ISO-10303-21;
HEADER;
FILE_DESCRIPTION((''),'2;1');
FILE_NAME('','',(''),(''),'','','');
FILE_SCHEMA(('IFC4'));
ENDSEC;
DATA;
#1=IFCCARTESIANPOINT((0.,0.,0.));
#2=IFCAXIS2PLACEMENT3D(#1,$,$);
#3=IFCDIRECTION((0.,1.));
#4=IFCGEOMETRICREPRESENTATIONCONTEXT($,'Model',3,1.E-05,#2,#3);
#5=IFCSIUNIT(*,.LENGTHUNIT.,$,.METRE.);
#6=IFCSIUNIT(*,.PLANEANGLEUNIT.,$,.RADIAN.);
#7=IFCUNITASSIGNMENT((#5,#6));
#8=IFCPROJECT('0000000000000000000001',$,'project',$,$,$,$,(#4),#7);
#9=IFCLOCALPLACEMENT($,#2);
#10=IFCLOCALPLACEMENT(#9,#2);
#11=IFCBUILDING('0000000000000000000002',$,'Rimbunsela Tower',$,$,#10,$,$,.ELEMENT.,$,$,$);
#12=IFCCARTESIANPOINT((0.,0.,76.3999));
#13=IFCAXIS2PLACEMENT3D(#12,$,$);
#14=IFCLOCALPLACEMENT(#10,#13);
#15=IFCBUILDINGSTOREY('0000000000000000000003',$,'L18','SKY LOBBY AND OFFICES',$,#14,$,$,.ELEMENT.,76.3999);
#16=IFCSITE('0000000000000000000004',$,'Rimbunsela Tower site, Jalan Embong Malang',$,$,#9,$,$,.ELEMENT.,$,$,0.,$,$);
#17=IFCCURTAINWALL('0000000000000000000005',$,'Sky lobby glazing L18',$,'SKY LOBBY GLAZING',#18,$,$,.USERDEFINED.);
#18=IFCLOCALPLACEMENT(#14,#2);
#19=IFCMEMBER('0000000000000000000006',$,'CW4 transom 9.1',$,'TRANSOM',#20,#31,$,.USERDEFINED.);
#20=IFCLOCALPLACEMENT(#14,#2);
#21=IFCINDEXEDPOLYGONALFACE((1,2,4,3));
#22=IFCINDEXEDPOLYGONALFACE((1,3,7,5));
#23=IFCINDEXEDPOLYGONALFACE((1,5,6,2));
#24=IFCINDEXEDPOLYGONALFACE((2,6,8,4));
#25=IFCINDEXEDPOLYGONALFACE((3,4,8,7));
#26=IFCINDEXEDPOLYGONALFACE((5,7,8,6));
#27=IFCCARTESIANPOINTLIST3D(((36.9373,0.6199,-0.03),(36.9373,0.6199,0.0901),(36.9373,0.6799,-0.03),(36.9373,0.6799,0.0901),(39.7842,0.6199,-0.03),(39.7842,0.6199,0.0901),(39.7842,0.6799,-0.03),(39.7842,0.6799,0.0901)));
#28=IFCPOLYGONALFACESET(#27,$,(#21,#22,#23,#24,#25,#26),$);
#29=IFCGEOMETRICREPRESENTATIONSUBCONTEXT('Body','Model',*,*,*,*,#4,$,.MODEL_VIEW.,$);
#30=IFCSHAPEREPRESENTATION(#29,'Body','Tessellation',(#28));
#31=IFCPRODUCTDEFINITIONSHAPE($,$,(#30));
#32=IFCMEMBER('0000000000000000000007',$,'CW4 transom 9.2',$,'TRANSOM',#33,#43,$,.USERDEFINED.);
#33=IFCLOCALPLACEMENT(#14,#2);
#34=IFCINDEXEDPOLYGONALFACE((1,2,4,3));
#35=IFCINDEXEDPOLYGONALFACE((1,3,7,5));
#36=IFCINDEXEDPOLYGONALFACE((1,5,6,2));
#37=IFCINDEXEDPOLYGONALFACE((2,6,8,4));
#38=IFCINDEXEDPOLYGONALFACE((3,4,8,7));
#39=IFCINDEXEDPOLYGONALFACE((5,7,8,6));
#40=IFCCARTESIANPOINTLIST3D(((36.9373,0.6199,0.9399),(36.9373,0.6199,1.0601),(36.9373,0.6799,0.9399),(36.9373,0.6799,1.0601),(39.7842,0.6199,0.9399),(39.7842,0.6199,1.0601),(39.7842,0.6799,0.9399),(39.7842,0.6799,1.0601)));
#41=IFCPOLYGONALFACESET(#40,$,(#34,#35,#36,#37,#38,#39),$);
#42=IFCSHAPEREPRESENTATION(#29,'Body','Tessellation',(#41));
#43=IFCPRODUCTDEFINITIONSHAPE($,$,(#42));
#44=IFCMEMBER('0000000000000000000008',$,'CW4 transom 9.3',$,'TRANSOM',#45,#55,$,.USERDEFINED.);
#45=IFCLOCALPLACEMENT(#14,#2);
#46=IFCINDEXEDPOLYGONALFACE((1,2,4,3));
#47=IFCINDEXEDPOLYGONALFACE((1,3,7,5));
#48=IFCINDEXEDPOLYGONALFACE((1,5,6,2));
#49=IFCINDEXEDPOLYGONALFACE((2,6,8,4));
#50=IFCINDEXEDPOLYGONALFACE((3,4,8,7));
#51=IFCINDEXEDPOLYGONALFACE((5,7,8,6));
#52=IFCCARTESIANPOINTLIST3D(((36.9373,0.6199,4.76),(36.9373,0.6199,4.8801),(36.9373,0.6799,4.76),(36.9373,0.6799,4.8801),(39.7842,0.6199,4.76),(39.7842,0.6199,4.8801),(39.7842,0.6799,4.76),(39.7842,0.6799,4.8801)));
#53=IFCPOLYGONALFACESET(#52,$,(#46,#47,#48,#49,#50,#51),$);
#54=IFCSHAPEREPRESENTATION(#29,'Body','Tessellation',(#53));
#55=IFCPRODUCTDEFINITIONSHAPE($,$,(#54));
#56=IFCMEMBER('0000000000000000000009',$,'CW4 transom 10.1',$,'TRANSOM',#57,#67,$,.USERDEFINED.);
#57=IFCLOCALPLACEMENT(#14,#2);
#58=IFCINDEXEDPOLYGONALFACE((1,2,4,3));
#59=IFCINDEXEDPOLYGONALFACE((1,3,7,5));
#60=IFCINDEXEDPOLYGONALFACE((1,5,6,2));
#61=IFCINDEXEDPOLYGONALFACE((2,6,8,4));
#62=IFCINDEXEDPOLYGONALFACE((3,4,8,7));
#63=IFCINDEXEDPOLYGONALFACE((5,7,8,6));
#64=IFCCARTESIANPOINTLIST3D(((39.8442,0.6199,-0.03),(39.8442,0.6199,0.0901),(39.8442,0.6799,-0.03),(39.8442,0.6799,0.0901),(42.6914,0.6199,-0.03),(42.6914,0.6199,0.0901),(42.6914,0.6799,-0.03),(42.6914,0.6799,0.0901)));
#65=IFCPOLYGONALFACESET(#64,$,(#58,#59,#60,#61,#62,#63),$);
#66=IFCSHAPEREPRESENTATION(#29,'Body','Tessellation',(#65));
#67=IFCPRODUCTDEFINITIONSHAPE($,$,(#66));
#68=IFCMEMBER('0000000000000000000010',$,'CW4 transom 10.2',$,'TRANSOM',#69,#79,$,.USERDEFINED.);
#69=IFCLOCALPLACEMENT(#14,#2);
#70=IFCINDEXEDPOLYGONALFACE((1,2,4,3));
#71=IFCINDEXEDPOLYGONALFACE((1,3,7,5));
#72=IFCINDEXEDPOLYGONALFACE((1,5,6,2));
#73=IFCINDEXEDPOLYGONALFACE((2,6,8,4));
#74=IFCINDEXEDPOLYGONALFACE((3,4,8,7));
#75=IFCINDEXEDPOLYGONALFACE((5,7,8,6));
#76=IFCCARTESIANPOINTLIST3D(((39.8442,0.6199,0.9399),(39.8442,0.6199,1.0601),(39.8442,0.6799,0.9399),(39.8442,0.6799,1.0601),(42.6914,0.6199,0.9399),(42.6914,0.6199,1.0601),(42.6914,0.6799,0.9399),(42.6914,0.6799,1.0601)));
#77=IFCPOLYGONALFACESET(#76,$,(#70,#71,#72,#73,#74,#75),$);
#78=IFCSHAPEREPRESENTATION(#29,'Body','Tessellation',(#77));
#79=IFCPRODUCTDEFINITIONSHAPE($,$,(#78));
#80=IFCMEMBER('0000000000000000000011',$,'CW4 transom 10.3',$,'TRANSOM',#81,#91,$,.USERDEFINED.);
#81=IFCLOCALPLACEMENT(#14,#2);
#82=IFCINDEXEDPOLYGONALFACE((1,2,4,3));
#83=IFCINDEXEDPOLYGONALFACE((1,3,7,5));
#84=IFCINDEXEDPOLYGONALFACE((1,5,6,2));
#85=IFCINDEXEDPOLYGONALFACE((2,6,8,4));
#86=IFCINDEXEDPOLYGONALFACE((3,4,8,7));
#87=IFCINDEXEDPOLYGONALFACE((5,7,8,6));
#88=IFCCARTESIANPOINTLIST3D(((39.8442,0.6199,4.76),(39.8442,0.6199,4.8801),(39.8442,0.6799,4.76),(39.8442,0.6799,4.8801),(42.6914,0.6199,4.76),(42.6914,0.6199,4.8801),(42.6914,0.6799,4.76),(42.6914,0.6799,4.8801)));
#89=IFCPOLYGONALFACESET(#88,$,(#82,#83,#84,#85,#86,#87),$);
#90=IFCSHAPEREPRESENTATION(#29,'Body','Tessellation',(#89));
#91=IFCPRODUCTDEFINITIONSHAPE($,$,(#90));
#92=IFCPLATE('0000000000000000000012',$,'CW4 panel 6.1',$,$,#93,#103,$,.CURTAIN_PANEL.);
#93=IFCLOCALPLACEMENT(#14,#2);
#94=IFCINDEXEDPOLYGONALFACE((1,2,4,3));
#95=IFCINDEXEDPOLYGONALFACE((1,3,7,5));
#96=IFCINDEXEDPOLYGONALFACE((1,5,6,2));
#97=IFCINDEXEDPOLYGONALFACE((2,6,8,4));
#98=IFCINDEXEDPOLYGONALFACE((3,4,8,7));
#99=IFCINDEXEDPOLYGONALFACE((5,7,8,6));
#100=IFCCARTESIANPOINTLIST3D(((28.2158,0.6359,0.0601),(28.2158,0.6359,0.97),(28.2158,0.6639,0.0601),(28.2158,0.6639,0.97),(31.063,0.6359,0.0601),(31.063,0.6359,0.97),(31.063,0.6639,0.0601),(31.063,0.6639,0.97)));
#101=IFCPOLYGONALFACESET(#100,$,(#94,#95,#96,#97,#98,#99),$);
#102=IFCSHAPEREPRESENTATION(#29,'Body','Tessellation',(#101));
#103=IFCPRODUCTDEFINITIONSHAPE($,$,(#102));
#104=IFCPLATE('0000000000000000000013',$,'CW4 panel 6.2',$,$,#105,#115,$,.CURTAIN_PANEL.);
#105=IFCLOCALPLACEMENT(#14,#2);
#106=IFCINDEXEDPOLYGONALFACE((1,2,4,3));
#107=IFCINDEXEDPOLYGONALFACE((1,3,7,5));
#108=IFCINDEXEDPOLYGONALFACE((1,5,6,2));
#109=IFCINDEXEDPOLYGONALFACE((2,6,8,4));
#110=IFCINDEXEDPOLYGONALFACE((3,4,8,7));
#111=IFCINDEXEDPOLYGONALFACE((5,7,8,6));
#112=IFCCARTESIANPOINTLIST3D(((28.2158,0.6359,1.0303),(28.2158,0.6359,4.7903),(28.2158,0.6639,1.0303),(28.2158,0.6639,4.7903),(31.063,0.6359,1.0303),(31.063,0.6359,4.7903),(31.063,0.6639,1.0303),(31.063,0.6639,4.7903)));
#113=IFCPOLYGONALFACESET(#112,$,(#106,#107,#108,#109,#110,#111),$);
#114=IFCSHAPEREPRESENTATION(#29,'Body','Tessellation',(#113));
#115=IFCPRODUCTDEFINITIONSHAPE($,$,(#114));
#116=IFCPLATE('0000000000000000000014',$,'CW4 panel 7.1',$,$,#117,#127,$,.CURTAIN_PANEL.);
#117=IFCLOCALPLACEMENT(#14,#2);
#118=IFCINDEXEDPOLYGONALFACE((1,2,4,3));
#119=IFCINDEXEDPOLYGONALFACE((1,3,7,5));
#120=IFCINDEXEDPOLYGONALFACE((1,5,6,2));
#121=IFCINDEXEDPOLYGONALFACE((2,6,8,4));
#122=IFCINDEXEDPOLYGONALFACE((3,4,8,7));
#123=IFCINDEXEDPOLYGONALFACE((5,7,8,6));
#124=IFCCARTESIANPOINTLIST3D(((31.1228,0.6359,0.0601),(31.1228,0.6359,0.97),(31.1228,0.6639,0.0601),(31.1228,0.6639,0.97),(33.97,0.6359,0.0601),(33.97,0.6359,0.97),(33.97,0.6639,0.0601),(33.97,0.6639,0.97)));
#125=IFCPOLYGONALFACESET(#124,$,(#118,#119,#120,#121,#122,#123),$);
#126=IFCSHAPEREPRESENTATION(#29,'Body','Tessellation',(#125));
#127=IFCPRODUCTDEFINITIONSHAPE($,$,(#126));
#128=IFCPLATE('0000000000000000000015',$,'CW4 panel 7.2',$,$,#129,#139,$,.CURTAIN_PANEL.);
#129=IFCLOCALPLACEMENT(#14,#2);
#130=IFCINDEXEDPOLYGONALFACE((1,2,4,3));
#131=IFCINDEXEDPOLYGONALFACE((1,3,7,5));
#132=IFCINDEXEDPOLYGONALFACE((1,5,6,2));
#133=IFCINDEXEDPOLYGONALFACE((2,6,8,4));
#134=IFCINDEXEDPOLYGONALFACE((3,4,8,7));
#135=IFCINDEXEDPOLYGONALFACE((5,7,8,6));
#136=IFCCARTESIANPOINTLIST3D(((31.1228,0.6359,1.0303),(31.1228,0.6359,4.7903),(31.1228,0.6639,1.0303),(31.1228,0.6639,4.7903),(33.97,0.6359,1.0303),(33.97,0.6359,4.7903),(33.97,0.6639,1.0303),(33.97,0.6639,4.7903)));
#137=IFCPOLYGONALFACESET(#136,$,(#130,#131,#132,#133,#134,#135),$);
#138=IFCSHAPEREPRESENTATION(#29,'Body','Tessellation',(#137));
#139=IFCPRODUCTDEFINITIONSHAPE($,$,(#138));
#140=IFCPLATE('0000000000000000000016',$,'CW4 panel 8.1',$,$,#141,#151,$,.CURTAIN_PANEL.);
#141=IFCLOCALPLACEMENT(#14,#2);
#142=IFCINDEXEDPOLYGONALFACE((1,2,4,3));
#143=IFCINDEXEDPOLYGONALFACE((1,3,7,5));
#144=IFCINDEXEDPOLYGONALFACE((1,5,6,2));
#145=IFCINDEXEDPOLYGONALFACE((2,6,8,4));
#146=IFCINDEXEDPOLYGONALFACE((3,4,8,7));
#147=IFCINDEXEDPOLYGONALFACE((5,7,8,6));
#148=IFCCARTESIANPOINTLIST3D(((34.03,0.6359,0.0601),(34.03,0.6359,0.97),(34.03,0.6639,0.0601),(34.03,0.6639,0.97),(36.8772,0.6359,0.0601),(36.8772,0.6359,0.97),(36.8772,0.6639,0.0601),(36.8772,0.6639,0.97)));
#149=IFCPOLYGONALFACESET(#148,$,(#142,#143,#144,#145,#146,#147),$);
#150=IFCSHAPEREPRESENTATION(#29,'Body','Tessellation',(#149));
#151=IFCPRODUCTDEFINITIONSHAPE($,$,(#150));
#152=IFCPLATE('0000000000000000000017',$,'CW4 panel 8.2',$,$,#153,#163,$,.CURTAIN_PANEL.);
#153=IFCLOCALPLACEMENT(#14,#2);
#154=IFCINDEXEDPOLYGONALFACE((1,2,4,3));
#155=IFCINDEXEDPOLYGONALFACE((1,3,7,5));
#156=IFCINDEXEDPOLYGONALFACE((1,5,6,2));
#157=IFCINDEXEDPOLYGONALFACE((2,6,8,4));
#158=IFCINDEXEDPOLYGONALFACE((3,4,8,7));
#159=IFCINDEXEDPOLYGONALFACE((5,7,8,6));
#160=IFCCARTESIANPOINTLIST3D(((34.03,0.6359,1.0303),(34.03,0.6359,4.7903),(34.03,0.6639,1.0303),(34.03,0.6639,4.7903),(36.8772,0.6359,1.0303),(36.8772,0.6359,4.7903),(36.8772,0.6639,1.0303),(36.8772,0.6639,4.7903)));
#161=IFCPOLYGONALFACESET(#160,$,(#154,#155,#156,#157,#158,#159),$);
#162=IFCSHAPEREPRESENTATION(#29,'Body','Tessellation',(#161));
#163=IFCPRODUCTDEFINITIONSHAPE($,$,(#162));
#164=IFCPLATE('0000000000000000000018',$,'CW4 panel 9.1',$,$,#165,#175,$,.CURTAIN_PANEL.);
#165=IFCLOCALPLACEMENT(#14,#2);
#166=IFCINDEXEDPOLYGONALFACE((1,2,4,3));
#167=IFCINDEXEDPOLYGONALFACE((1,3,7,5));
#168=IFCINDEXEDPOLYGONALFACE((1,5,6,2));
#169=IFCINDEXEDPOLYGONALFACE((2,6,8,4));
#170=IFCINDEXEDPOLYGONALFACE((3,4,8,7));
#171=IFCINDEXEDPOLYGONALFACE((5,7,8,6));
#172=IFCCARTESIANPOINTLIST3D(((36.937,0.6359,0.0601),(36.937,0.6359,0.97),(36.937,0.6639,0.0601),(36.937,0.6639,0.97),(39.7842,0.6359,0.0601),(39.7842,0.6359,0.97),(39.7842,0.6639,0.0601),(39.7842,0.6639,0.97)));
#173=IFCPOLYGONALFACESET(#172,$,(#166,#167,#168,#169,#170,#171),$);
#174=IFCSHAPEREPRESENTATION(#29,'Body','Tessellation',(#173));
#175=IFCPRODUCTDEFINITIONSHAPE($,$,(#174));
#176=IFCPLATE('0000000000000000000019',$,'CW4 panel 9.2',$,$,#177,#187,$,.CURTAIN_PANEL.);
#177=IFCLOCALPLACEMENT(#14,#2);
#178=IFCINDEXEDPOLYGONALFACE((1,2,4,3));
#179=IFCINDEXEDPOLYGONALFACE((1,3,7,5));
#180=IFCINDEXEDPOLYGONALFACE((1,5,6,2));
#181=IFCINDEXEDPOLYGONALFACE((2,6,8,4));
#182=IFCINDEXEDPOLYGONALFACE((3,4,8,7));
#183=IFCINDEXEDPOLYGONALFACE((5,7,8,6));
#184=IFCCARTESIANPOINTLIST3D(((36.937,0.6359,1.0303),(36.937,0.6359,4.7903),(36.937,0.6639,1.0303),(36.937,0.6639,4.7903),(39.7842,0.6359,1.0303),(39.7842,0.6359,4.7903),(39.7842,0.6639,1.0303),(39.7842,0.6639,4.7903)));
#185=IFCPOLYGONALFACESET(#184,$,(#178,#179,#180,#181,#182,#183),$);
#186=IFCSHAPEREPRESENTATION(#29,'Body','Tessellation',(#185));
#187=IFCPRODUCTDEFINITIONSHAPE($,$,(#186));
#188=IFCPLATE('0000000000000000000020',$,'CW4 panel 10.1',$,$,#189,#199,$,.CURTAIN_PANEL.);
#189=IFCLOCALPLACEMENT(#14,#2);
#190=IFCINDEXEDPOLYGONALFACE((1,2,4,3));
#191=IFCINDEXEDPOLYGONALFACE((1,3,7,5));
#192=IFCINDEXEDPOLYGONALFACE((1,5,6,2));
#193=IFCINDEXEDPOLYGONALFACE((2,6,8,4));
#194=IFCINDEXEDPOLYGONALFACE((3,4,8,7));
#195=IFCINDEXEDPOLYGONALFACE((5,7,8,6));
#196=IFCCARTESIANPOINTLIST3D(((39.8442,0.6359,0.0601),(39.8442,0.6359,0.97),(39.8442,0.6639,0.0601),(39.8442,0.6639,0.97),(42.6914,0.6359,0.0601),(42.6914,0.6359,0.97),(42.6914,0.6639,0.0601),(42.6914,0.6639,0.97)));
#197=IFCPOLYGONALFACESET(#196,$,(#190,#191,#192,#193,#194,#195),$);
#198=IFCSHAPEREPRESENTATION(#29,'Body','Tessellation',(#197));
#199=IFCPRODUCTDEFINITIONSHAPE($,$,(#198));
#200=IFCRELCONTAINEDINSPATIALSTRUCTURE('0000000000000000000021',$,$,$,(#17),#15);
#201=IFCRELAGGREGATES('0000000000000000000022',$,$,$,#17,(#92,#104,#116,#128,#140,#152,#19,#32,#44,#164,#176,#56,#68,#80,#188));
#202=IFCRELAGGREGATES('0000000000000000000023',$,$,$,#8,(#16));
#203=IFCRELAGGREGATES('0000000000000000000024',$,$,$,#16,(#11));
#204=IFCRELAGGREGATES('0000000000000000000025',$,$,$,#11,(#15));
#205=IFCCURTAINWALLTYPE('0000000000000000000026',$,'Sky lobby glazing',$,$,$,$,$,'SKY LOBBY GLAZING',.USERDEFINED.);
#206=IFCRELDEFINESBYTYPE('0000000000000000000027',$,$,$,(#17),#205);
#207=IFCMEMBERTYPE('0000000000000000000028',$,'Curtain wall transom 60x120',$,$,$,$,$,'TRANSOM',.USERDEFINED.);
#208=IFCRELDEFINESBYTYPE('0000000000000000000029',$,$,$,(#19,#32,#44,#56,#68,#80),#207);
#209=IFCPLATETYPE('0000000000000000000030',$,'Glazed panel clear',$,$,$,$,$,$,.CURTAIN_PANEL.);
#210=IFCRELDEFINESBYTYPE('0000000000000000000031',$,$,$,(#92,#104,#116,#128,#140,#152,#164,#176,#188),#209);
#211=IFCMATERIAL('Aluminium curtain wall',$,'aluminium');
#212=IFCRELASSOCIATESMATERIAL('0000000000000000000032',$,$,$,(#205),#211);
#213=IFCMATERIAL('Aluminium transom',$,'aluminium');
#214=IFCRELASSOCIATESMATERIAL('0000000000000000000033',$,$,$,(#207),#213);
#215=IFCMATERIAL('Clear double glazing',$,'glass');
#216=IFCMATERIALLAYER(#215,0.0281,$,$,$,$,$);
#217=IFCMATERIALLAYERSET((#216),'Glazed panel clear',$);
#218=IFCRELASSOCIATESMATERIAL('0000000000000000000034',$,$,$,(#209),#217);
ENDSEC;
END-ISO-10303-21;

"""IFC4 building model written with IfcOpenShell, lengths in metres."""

from ifc_helpers import new_model, si_unit, direction, frame, origin, origin_2d, place, context, subcontext, project, spatial, rectangle, extrude, material, layer, layer_set, material_profile, profile_set, type_object, element, aggregate, save


model = new_model("IFC4")

# Units and contexts
model_context = context("Model", 3, precision=1e-05, world=origin(), true_north=direction((0.0, 1.0)))
body_context = subcontext(model_context, "Body", "Model", "MODEL_VIEW")
ifc_project = project(units=[si_unit("LENGTHUNIT", "METRE"), si_unit("PLANEANGLEUNIT", "RADIAN")], contexts=[model_context])

# Site, building, storey
site_placement = place(None, origin())
site = spatial("IfcSite", under=ifc_project, at=site_placement, Name="Rimbunsela Tower site, Jalan Embong Malang", CompositionType="ELEMENT", RefElevation=0.0)
building_placement = place(site_placement, origin())
building = spatial("IfcBuilding", under=site, at=building_placement, Name="Rimbunsela Tower", CompositionType="ELEMENT")
storey_placement = place(building_placement, frame((0.0, 0.0, 76.3999)))
storey = spatial("IfcBuildingStorey", under=building, at=storey_placement, Name="L18", Description="SKY LOBBY AND OFFICES", CompositionType="ELEMENT", Elevation=76.3999)

# Curtain wall, members, plates
ifc_material_1 = material(Name="Aluminium curtain wall", Category="aluminium")
curtain_wall_type = type_object("IfcCurtainWallType", Name="Sky lobby glazing", ElementType="SKY LOBBY GLAZING", PredefinedType="USERDEFINED", material=ifc_material_1)
curtain_wall_placement = place(storey_placement, origin())
curtain_wall = element("IfcCurtainWall", 1, at=curtain_wall_placement, inside=storey, type_object=curtain_wall_type, Name="Sky lobby glazing L18", ObjectType="SKY LOBBY GLAZING", PredefinedType="USERDEFINED")
ifc_material_2 = material(Name="Aluminium transom", Category="aluminium")
ifc_material_profile_1 = material_profile(ifc_material_2, rectangle(XDim=0.0601, YDim=0.1201, at=origin_2d()), Name="Transom 60x120")
ifc_profile_set_1 = profile_set([ifc_material_profile_1], Name="Aluminium transom")
member_type_1 = type_object("IfcMemberType", Name="Curtain wall transom 60x120", ElementType="TRANSOM", PredefinedType="USERDEFINED", material=ifc_profile_set_1)
member_1_placement = place(storey_placement, frame((36.9373, 0.6499, 0.03), z_axis=(1.0, 0.0, 0.0), x_axis=(0.0, 1.0, 0.0)))
member_1 = element("IfcMember", 2, at=member_1_placement, type_object=member_type_1, Name="CW4 transom 9.1", ObjectType="TRANSOM", PredefinedType="USERDEFINED", context=body_context, shape_type="SweptSolid", body=[
    extrude(rectangle(XDim=0.0601, YDim=0.1201, at=origin_2d()), origin(), (0.0, 0.0, 1.0), 2.8469),
])
member_2_placement = place(storey_placement, frame((36.9373, 0.6499, 1.0), z_axis=(1.0, 0.0, 0.0), x_axis=(0.0, 1.0, 0.0)))
member_2 = element("IfcMember", 3, at=member_2_placement, type_object=member_type_1, Name="CW4 transom 9.2", ObjectType="TRANSOM", PredefinedType="USERDEFINED", context=body_context, shape_type="SweptSolid", body=[
    extrude(rectangle(XDim=0.0601, YDim=0.1201, at=origin_2d()), origin(), (0.0, 0.0, 1.0), 2.8469),
])
member_3_placement = place(storey_placement, frame((36.9373, 0.6499, 4.8201), z_axis=(1.0, 0.0, 0.0), x_axis=(0.0, 1.0, 0.0)))
member_3 = element("IfcMember", 4, at=member_3_placement, type_object=member_type_1, Name="CW4 transom 9.3", ObjectType="TRANSOM", PredefinedType="USERDEFINED", context=body_context, shape_type="SweptSolid", body=[
    extrude(rectangle(XDim=0.0601, YDim=0.1201, at=origin_2d()), origin(), (0.0, 0.0, 1.0), 2.8469),
])
member_4_placement = place(storey_placement, frame((39.8442, 0.6499, 0.03), z_axis=(1.0, 0.0, 0.0), x_axis=(0.0, 1.0, 0.0)))
member_4 = element("IfcMember", 5, at=member_4_placement, type_object=member_type_1, Name="CW4 transom 10.1", ObjectType="TRANSOM", PredefinedType="USERDEFINED", context=body_context, shape_type="SweptSolid", body=[
    extrude(rectangle(XDim=0.0601, YDim=0.1201, at=origin_2d()), origin(), (0.0, 0.0, 1.0), 2.8472),
])
member_5_placement = place(storey_placement, frame((39.8442, 0.6499, 1.0), z_axis=(1.0, 0.0, 0.0), x_axis=(0.0, 1.0, 0.0)))
member_5 = element("IfcMember", 6, at=member_5_placement, type_object=member_type_1, Name="CW4 transom 10.2", ObjectType="TRANSOM", PredefinedType="USERDEFINED", context=body_context, shape_type="SweptSolid", body=[
    extrude(rectangle(XDim=0.0601, YDim=0.1201, at=origin_2d()), origin(), (0.0, 0.0, 1.0), 2.8472),
])
member_6_placement = place(storey_placement, frame((39.8442, 0.6499, 4.8201), z_axis=(1.0, 0.0, 0.0), x_axis=(0.0, 1.0, 0.0)))
member_6 = element("IfcMember", 7, at=member_6_placement, type_object=member_type_1, Name="CW4 transom 10.3", ObjectType="TRANSOM", PredefinedType="USERDEFINED", context=body_context, shape_type="SweptSolid", body=[
    extrude(rectangle(XDim=0.0601, YDim=0.1201, at=origin_2d()), origin(), (0.0, 0.0, 1.0), 2.8472),
])
ifc_material_3 = material(Name="Clear double glazing", Category="glass")
ifc_layer = layer(ifc_material_3, 0.0281)
ifc_layer_set = layer_set([ifc_layer], Name="Glazed panel clear")
plate_type = type_object("IfcPlateType", Name="Glazed panel clear", PredefinedType="CURTAIN_PANEL", material=ifc_layer_set)
plate_1_placement = place(storey_placement, frame((29.6394, 0.6499, 0.0601), z_axis=(0.0, 0.0, 1.0), x_axis=(1.0, 0.0, 0.0)))
plate_1 = element("IfcPlate", 8, at=plate_1_placement, type_object=plate_type, Name="CW4 panel 6.1", PredefinedType="CURTAIN_PANEL", context=body_context, shape_type="SweptSolid", body=[
    extrude(rectangle(XDim=2.8472, YDim=0.0281, at=origin_2d()), origin(), (0.0, 0.0, 1.0), 0.9099),
])
plate_2_placement = place(storey_placement, frame((29.6394, 0.6499, 1.0303), z_axis=(0.0, 0.0, 1.0), x_axis=(1.0, 0.0, 0.0)))
plate_2 = element("IfcPlate", 9, at=plate_2_placement, type_object=plate_type, Name="CW4 panel 6.2", PredefinedType="CURTAIN_PANEL", context=body_context, shape_type="SweptSolid", body=[
    extrude(rectangle(XDim=2.8472, YDim=0.0281, at=origin_2d()), origin(), (0.0, 0.0, 1.0), 3.76),
])
plate_3_placement = place(storey_placement, frame((32.5464, 0.6499, 0.0601), z_axis=(0.0, 0.0, 1.0), x_axis=(1.0, 0.0, 0.0)))
plate_3 = element("IfcPlate", 10, at=plate_3_placement, type_object=plate_type, Name="CW4 panel 7.1", PredefinedType="CURTAIN_PANEL", context=body_context, shape_type="SweptSolid", body=[
    extrude(rectangle(XDim=2.8472, YDim=0.0281, at=origin_2d()), origin(), (0.0, 0.0, 1.0), 0.9099),
])
plate_4_placement = place(storey_placement, frame((32.5464, 0.6499, 1.0303), z_axis=(0.0, 0.0, 1.0), x_axis=(1.0, 0.0, 0.0)))
plate_4 = element("IfcPlate", 11, at=plate_4_placement, type_object=plate_type, Name="CW4 panel 7.2", PredefinedType="CURTAIN_PANEL", context=body_context, shape_type="SweptSolid", body=[
    extrude(rectangle(XDim=2.8472, YDim=0.0281, at=origin_2d()), origin(), (0.0, 0.0, 1.0), 3.76),
])
plate_5_placement = place(storey_placement, frame((35.4536, 0.6499, 0.0601), z_axis=(0.0, 0.0, 1.0), x_axis=(1.0, 0.0, 0.0)))
plate_5 = element("IfcPlate", 12, at=plate_5_placement, type_object=plate_type, Name="CW4 panel 8.1", PredefinedType="CURTAIN_PANEL", context=body_context, shape_type="SweptSolid", body=[
    extrude(rectangle(XDim=2.8472, YDim=0.0281, at=origin_2d()), origin(), (0.0, 0.0, 1.0), 0.9099),
])
plate_6_placement = place(storey_placement, frame((35.4536, 0.6499, 1.0303), z_axis=(0.0, 0.0, 1.0), x_axis=(1.0, 0.0, 0.0)))
plate_6 = element("IfcPlate", 13, at=plate_6_placement, type_object=plate_type, Name="CW4 panel 8.2", PredefinedType="CURTAIN_PANEL", context=body_context, shape_type="SweptSolid", body=[
    extrude(rectangle(XDim=2.8472, YDim=0.0281, at=origin_2d()), origin(), (0.0, 0.0, 1.0), 3.76),
])
plate_7_placement = place(storey_placement, frame((38.3606, 0.6499, 0.0601), z_axis=(0.0, 0.0, 1.0), x_axis=(1.0, 0.0, 0.0)))
plate_7 = element("IfcPlate", 14, at=plate_7_placement, type_object=plate_type, Name="CW4 panel 9.1", PredefinedType="CURTAIN_PANEL", context=body_context, shape_type="SweptSolid", body=[
    extrude(rectangle(XDim=2.8472, YDim=0.0281, at=origin_2d()), origin(), (0.0, 0.0, 1.0), 0.9099),
])
plate_8_placement = place(storey_placement, frame((38.3606, 0.6499, 1.0303), z_axis=(0.0, 0.0, 1.0), x_axis=(1.0, 0.0, 0.0)))
plate_8 = element("IfcPlate", 15, at=plate_8_placement, type_object=plate_type, Name="CW4 panel 9.2", PredefinedType="CURTAIN_PANEL", context=body_context, shape_type="SweptSolid", body=[
    extrude(rectangle(XDim=2.8472, YDim=0.0281, at=origin_2d()), origin(), (0.0, 0.0, 1.0), 3.76),
])
plate_9_placement = place(storey_placement, frame((41.2678, 0.6499, 0.0601), z_axis=(0.0, 0.0, 1.0), x_axis=(1.0, 0.0, 0.0)))
plate_9 = element("IfcPlate", 16, at=plate_9_placement, type_object=plate_type, Name="CW4 panel 10.1", PredefinedType="CURTAIN_PANEL", context=body_context, shape_type="SweptSolid", body=[
    extrude(rectangle(XDim=2.8472, YDim=0.0281, at=origin_2d()), origin(), (0.0, 0.0, 1.0), 0.9099),
])
aggregate(curtain_wall, [plate_1, plate_2, plate_3, plate_4, plate_5, plate_6, member_1, member_2, member_3, plate_7, plate_8, member_4, member_5, member_6, plate_9])

save(model, "model.ifc")
